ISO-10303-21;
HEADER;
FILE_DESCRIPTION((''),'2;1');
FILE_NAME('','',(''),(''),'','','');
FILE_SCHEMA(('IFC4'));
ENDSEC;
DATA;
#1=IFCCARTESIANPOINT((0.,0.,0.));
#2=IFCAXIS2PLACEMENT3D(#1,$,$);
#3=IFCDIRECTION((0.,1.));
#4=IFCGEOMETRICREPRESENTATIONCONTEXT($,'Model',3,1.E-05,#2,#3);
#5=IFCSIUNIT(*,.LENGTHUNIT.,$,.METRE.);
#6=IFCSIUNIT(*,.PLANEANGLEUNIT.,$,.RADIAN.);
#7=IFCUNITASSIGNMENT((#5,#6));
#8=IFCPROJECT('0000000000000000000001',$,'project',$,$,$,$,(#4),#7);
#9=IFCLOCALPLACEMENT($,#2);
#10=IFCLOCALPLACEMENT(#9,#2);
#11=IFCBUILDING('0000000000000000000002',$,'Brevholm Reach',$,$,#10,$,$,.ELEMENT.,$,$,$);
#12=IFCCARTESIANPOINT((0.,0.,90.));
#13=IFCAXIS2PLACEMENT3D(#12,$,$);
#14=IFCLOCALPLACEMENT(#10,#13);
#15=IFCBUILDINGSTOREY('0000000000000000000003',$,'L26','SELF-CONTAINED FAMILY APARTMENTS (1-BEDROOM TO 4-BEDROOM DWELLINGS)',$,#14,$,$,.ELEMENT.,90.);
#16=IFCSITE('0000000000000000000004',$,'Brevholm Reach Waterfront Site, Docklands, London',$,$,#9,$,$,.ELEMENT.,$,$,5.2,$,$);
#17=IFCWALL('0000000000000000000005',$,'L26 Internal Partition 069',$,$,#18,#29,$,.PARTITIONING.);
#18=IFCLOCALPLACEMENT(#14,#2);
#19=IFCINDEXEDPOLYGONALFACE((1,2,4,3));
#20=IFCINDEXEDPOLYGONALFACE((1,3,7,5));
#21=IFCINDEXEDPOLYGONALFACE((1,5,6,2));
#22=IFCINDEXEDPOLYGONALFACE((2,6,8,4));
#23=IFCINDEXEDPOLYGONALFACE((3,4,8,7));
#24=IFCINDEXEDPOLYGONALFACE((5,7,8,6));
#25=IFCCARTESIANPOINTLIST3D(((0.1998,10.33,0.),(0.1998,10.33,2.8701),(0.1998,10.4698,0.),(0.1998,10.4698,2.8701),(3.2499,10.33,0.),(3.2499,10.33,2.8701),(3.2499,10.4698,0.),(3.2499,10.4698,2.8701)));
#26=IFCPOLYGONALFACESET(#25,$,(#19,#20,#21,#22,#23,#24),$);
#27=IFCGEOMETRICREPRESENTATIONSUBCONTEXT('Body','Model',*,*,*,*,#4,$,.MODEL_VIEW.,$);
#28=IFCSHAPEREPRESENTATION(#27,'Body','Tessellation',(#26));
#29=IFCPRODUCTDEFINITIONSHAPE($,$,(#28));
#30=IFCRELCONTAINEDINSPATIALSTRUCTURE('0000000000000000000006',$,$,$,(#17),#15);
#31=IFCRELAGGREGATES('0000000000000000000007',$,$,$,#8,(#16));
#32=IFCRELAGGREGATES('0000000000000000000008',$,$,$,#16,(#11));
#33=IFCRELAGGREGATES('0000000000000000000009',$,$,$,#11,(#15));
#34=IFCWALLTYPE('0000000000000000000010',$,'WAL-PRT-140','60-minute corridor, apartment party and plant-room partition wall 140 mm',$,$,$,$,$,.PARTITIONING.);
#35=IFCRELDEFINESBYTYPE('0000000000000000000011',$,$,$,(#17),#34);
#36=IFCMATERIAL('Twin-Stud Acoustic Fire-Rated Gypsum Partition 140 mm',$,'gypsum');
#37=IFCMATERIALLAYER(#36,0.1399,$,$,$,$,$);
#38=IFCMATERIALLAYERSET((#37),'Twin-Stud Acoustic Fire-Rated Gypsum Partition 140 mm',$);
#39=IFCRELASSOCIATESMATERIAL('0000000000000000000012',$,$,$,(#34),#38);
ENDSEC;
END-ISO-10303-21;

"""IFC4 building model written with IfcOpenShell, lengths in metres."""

from ifc_helpers import new_model, si_unit, direction, frame, frame_2d, origin, place, context, subcontext, project, spatial, rectangle, extrude, material, layer, layer_set, type_object, element, save


model = new_model("IFC4")

# Units and contexts
model_context = context("Model", 3, precision=1e-05, world=origin(), true_north=direction((0.0, 1.0)))
body_context = subcontext(model_context, "Body", "Model", "MODEL_VIEW")
ifc_project = project(units=[si_unit("LENGTHUNIT", "METRE"), si_unit("PLANEANGLEUNIT", "RADIAN")], contexts=[model_context])

# Site, building, storey
site_placement = place(None, origin())
site = spatial("IfcSite", under=ifc_project, at=site_placement, Name="Brevholm Reach Waterfront Site, Docklands, London", CompositionType="ELEMENT", RefElevation=5.2)
building_placement = place(site_placement, origin())
building = spatial("IfcBuilding", under=site, at=building_placement, Name="Brevholm Reach", CompositionType="ELEMENT")
storey_placement = place(building_placement, frame((0.0, 0.0, 90.0)))
storey = spatial("IfcBuildingStorey", under=building, at=storey_placement, Name="L26", Description="SELF-CONTAINED FAMILY APARTMENTS (1-BEDROOM TO 4-BEDROOM DWELLINGS)", CompositionType="ELEMENT", Elevation=90.0)

# Wall
ifc_material_1 = material(Name="Twin-Stud Acoustic Fire-Rated Gypsum Partition 140 mm", Category="gypsum")
ifc_layer_1 = layer(ifc_material_1, 0.1399)
ifc_layer_set_1 = layer_set([ifc_layer_1], Name="Twin-Stud Acoustic Fire-Rated Gypsum Partition 140 mm")
wall_type_1 = type_object("IfcWallType", Name="WAL-PRT-140", Description="60-minute corridor, apartment party and plant-room partition wall 140 mm", PredefinedType="PARTITIONING", material=ifc_layer_set_1)
wall_1_placement = place(storey_placement, frame((0.2, 10.3999, 0.0), z_axis=(0.0, 0.0, 1.0), x_axis=(1.0, 0.0, 0.0)))
element("IfcWall", 1, at=wall_1_placement, inside=storey, type_object=wall_type_1, Name="L26 Internal Partition 069", PredefinedType="PARTITIONING", context=body_context, shape_type="SweptSolid", body=[
    extrude(rectangle(XDim=3.05, YDim=0.1399, at=frame_2d((1.5249, 0.0))), origin(), (0.0, 0.0, 1.0), 2.8701),
])

save(model, "model.ifc")
